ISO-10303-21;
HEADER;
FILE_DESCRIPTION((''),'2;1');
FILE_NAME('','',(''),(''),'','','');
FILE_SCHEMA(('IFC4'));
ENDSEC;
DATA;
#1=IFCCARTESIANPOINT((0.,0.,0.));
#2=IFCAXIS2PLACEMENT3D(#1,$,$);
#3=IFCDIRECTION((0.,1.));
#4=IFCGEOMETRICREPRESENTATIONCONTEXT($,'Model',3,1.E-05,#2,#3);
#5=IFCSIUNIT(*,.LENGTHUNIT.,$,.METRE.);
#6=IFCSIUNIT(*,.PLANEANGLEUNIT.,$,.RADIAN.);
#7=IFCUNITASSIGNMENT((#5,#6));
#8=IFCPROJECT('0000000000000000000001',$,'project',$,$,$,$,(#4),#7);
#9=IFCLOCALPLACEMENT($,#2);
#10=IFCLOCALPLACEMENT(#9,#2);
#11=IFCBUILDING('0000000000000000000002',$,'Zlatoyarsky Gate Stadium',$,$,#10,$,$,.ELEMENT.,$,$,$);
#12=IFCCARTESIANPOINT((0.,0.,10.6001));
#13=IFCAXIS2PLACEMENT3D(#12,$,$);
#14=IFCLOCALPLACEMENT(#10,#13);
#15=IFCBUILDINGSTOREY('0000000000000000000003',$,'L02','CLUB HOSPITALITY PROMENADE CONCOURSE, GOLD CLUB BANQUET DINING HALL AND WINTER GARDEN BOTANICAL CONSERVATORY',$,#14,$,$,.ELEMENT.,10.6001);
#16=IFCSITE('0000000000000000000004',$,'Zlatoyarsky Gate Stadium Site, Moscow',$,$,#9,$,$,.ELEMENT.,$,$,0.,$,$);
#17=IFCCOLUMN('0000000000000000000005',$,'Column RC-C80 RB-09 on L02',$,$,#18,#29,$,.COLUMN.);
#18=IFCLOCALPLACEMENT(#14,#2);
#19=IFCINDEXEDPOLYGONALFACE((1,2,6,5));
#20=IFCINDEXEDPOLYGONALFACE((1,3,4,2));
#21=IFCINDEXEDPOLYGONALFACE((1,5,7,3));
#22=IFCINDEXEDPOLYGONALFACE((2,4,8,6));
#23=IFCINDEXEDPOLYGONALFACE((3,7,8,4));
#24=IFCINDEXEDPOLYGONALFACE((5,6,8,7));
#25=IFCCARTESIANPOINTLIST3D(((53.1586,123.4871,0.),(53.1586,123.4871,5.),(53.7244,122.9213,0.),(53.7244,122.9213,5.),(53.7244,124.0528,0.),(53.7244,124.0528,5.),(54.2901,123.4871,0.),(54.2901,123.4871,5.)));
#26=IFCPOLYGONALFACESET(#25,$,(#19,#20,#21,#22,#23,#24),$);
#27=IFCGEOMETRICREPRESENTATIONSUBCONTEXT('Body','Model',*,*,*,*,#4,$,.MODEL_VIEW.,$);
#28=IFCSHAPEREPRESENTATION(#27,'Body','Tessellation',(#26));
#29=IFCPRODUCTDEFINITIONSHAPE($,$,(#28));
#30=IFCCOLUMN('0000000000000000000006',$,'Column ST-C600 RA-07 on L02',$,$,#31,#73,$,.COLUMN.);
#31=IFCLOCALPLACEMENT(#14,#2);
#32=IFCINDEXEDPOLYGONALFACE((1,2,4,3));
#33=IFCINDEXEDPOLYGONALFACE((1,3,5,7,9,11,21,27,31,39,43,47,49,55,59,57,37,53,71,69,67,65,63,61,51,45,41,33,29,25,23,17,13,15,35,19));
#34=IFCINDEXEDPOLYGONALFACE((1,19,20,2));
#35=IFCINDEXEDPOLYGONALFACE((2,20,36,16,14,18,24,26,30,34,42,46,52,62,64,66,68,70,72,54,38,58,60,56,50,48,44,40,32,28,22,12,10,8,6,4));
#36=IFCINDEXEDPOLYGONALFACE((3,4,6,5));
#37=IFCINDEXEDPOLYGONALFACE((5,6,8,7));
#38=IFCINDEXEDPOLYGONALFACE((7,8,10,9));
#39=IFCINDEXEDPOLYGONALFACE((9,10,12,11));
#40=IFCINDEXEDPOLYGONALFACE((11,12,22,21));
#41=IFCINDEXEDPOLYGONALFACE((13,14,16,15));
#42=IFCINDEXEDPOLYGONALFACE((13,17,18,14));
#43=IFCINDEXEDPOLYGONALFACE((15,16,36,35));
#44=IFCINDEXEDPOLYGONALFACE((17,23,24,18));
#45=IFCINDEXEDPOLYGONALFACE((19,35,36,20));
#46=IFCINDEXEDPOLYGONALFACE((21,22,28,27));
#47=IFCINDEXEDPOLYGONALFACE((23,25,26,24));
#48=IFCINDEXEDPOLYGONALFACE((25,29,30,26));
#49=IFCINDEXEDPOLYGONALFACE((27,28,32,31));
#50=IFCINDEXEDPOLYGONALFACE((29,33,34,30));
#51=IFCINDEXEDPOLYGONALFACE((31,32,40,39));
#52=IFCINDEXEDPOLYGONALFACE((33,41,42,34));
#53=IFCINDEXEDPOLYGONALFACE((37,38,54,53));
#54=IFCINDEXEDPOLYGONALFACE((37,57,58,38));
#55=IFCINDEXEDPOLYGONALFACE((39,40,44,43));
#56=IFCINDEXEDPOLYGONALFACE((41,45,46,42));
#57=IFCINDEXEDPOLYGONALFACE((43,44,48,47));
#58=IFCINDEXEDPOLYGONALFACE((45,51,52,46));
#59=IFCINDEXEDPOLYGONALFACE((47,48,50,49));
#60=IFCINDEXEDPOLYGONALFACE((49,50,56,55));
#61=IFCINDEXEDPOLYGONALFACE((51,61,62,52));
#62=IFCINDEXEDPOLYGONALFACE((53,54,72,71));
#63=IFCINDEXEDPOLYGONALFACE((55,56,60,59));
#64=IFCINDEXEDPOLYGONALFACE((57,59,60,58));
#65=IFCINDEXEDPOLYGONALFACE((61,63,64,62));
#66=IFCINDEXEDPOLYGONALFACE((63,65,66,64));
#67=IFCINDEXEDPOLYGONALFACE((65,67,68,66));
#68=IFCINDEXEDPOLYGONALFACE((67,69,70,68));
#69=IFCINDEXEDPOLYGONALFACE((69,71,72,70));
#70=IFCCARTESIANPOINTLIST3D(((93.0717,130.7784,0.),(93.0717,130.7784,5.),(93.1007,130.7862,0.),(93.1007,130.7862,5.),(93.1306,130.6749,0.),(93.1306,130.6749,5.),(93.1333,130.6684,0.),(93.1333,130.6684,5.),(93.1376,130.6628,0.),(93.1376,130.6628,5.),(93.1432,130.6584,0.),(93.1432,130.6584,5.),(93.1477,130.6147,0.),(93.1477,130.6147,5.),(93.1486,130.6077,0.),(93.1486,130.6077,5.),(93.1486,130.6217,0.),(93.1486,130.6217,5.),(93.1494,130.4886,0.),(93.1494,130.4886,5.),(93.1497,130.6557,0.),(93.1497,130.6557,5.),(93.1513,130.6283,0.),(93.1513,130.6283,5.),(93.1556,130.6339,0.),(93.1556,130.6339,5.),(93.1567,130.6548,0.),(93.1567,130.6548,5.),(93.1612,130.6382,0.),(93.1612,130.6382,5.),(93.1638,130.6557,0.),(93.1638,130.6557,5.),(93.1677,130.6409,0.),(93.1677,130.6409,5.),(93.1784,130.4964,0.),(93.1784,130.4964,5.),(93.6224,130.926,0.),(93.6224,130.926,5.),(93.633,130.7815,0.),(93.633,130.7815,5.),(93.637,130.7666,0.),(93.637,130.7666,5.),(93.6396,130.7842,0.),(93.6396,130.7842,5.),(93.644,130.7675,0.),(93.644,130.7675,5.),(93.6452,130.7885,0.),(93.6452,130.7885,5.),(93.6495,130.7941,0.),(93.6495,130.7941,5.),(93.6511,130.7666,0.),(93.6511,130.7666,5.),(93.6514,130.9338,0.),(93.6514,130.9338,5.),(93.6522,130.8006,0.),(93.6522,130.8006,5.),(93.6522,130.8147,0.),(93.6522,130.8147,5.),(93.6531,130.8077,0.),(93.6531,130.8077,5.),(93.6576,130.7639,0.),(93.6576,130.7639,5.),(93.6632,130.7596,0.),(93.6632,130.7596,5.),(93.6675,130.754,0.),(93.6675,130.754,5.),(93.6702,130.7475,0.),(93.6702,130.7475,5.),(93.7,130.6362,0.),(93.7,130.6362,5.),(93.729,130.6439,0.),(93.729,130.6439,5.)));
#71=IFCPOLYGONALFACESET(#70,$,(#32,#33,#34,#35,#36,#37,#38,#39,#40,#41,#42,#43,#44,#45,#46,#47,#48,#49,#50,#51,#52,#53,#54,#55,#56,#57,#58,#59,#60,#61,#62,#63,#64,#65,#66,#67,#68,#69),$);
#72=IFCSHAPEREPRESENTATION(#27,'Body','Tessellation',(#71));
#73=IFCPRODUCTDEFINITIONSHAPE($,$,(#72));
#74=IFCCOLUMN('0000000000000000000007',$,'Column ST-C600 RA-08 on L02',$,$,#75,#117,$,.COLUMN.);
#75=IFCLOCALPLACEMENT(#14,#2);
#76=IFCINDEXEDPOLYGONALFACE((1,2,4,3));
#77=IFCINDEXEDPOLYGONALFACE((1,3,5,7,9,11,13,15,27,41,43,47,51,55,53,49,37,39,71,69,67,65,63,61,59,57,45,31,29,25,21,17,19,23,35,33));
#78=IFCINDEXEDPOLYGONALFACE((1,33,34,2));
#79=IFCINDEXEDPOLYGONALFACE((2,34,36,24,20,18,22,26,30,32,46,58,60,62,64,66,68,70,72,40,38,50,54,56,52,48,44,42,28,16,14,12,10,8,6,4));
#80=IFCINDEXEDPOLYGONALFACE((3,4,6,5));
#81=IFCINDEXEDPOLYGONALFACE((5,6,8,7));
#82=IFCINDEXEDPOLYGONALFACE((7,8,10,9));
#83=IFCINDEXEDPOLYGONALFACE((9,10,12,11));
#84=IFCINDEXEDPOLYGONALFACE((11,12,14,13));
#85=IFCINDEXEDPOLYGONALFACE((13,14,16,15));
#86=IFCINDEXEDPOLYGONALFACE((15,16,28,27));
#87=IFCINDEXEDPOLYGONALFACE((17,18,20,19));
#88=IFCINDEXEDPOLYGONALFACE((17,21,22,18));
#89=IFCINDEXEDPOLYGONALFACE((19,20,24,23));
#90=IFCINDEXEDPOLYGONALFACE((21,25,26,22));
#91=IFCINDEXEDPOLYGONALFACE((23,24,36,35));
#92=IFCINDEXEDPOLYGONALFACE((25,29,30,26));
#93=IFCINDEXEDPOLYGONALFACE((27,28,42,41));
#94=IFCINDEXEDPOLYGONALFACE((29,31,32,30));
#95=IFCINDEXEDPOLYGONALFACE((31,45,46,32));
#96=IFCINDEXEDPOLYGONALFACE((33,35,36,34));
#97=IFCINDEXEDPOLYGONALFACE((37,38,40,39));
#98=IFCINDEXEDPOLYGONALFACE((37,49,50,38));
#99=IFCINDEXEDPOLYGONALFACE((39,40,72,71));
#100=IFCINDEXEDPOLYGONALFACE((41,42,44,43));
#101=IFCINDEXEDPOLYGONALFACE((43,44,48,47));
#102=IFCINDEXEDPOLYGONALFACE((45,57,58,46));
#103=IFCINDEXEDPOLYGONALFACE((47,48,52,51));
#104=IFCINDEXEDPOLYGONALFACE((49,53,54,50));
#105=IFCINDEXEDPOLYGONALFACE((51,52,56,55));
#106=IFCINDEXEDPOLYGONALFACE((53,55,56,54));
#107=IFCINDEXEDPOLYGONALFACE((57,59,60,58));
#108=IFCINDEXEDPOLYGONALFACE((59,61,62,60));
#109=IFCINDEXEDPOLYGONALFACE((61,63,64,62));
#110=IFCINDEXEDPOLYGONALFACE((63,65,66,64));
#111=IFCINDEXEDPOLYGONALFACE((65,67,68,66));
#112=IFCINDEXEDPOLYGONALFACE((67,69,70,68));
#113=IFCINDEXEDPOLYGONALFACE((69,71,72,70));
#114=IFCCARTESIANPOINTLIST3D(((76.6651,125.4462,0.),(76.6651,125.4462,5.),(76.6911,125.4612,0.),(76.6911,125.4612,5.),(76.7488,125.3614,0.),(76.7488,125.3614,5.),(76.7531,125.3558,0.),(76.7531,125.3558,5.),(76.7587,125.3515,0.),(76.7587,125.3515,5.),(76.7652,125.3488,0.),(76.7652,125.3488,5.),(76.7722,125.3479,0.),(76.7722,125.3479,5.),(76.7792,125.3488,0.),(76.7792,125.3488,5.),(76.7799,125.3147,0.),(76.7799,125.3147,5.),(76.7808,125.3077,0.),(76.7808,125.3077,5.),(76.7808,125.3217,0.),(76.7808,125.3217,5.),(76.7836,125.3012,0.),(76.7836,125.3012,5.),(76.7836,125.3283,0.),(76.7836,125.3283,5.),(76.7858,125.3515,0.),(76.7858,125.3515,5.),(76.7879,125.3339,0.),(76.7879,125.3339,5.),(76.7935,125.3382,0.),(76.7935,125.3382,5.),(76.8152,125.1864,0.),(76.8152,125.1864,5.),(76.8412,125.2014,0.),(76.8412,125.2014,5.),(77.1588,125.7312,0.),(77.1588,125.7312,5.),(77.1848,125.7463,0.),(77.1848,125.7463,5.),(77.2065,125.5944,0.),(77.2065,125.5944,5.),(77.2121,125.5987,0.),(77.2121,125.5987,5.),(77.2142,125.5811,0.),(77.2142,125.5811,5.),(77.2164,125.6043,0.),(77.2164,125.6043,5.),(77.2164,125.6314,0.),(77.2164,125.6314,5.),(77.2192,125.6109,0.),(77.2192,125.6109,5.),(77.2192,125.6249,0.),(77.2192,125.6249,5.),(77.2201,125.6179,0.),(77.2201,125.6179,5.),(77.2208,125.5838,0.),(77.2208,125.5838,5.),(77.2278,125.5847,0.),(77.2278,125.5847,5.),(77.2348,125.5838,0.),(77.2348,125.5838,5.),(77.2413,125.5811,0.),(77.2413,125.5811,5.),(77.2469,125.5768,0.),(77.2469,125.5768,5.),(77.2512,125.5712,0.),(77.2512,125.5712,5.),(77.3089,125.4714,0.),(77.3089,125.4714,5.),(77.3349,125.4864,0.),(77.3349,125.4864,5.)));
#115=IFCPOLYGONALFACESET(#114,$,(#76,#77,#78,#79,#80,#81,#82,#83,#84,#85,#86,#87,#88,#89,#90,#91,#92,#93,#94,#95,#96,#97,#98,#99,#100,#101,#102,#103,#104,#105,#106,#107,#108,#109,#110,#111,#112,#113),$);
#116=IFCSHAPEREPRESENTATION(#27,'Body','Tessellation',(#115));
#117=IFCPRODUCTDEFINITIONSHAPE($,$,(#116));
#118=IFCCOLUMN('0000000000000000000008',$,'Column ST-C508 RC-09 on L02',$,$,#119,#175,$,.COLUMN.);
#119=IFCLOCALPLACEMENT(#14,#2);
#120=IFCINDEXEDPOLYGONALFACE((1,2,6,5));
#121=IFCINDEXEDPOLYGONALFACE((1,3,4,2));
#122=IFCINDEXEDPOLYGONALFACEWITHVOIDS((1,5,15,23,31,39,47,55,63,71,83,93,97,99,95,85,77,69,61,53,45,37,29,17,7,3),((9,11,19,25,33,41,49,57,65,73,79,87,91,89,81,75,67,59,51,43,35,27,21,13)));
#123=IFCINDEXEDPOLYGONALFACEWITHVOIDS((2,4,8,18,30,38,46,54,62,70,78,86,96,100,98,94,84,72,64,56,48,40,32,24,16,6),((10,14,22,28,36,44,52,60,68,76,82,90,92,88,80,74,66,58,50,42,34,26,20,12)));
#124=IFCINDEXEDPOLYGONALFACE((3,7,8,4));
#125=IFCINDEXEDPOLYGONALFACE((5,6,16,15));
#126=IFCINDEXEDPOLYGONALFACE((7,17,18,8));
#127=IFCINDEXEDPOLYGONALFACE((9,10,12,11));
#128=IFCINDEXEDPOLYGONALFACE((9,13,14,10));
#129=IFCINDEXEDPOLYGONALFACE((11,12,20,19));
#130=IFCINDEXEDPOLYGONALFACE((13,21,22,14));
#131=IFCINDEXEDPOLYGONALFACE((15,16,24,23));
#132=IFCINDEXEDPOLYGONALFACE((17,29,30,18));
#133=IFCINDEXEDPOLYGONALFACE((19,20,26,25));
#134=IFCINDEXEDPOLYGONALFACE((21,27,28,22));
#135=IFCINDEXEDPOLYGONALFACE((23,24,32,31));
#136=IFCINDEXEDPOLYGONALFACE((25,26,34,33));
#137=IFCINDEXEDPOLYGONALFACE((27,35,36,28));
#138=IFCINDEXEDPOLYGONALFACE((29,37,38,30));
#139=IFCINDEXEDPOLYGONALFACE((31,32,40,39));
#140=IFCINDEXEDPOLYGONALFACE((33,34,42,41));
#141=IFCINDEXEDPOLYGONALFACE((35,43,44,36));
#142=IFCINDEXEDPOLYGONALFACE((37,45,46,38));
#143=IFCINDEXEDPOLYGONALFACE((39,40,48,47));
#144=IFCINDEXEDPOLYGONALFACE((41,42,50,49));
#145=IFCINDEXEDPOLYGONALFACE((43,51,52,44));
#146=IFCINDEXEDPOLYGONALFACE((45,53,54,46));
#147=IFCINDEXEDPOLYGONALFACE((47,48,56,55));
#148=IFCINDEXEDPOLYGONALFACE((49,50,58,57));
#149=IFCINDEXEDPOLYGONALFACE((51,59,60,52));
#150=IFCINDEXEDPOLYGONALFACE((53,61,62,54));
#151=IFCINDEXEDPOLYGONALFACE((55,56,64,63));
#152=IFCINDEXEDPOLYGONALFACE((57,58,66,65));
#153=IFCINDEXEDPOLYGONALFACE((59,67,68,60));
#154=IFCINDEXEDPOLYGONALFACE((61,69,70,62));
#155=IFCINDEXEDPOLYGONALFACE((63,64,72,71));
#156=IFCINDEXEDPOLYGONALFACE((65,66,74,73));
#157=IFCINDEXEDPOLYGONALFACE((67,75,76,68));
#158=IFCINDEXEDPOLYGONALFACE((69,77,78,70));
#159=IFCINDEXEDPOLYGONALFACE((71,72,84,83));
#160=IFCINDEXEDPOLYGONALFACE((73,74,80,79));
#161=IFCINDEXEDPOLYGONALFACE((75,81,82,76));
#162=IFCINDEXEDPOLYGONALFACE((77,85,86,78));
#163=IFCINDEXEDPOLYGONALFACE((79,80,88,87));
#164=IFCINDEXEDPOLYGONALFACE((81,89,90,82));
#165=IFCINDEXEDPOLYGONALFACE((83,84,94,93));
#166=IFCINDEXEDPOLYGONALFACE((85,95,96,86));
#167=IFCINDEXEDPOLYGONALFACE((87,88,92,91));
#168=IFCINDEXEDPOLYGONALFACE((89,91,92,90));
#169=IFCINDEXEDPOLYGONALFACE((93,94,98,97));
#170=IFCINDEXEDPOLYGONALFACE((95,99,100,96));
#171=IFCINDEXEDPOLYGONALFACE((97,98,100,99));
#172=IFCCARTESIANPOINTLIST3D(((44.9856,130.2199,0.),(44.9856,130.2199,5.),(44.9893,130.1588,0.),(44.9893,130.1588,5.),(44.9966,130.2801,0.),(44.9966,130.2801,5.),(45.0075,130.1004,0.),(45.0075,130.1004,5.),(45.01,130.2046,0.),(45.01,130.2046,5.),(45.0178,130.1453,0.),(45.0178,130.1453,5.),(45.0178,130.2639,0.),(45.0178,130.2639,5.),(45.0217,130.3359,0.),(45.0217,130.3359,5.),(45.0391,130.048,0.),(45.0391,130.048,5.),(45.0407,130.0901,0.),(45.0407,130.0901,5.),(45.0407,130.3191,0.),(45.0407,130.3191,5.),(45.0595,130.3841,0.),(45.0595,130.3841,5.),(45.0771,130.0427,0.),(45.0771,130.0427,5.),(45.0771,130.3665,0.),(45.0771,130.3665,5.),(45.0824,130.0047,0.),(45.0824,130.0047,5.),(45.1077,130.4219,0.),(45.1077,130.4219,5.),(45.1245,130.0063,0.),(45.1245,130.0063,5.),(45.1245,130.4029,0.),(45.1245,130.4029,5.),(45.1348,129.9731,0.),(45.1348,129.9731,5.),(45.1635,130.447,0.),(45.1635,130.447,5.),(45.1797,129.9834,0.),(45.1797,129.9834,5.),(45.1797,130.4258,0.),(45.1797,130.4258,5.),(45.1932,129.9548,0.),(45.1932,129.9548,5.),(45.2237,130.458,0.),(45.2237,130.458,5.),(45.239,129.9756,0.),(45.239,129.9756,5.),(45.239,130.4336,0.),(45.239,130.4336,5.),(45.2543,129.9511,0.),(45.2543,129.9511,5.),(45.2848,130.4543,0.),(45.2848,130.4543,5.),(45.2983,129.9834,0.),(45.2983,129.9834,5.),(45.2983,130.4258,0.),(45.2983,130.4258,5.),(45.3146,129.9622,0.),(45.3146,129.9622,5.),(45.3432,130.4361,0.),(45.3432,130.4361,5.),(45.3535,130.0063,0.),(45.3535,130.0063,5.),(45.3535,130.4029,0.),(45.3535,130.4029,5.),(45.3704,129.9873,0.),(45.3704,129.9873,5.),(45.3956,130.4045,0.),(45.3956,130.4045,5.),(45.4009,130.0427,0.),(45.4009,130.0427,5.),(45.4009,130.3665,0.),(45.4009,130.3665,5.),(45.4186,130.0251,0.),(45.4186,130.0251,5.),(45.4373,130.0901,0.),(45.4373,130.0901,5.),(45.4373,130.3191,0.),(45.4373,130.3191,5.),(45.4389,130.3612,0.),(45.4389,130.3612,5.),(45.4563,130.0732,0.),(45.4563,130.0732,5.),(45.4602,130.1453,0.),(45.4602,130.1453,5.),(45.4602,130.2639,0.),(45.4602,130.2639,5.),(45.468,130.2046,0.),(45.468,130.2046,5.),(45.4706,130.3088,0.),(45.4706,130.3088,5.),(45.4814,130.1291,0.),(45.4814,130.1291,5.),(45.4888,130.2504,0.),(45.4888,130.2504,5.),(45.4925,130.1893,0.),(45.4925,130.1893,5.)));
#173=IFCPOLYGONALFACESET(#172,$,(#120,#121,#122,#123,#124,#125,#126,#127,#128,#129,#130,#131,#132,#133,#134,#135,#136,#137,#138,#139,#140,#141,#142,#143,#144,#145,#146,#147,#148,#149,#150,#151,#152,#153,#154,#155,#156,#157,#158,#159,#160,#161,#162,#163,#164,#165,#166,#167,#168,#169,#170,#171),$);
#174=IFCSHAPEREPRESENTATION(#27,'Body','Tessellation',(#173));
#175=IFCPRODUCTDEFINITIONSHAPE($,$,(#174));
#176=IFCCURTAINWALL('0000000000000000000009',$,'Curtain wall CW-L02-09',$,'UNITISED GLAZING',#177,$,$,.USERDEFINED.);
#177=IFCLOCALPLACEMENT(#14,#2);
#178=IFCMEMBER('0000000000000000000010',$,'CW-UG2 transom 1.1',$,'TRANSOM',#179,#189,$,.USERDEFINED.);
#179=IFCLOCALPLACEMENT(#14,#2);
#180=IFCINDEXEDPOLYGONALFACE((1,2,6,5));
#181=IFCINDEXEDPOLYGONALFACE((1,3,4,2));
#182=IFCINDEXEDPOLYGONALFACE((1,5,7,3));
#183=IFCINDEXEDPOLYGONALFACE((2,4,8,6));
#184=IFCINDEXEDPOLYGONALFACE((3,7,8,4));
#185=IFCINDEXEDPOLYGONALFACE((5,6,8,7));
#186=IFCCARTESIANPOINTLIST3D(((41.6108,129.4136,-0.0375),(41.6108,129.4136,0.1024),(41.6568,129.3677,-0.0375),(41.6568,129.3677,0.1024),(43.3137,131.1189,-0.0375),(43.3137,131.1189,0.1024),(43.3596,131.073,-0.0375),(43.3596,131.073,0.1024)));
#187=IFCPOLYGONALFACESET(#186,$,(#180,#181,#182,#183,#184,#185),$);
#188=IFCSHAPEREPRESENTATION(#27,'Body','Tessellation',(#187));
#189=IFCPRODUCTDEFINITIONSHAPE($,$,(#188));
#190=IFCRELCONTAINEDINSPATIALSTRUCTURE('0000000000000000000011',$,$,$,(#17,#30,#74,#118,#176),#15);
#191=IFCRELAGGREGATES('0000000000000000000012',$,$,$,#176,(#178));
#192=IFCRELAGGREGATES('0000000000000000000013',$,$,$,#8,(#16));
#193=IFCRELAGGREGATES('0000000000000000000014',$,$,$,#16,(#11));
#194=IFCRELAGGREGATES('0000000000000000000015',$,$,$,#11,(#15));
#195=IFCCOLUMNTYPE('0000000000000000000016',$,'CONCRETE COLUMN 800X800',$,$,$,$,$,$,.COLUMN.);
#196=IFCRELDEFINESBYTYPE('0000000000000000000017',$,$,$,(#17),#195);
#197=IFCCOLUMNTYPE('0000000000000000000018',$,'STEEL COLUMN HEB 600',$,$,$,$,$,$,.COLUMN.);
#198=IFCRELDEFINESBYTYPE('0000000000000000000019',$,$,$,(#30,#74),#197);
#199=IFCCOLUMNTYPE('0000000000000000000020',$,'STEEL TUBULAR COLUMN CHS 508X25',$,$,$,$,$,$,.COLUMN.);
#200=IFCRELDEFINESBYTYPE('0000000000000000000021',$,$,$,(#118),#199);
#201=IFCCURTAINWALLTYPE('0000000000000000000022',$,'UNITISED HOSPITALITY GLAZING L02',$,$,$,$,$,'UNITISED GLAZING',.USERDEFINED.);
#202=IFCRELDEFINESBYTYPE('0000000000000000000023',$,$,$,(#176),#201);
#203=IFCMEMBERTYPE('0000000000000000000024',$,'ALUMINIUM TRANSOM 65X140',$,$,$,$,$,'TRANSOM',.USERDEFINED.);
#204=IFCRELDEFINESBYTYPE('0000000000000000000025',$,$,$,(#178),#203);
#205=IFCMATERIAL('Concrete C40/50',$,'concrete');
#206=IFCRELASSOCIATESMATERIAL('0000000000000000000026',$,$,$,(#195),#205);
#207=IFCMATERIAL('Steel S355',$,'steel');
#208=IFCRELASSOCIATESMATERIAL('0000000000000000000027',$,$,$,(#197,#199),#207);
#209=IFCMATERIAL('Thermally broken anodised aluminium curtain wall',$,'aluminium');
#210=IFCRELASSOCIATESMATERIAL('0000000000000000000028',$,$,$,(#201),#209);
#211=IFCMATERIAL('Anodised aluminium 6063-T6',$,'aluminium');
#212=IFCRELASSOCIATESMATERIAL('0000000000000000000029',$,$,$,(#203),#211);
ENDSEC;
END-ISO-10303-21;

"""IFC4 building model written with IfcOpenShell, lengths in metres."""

from ifc_helpers import new_model, si_unit, direction, frame, origin, origin_2d, place, context, subcontext, project, spatial, rectangle, hollow_circle, i_section, extrude, material, material_profile, profile_set, type_object, element, aggregate, save


model = new_model("IFC4")

# Units and contexts
model_context = context("Model", 3, precision=1e-05, world=origin(), true_north=direction((0.0, 1.0)))
body_context = subcontext(model_context, "Body", "Model", "MODEL_VIEW")
ifc_project = project(units=[si_unit("LENGTHUNIT", "METRE"), si_unit("PLANEANGLEUNIT", "RADIAN")], contexts=[model_context])

# Site, building, storey
site_placement = place(None, origin())
site = spatial("IfcSite", under=ifc_project, at=site_placement, Name="Zlatoyarsky Gate Stadium Site, Moscow", CompositionType="ELEMENT", RefElevation=0.0)
building_placement = place(site_placement, origin())
building = spatial("IfcBuilding", under=site, at=building_placement, Name="Zlatoyarsky Gate Stadium", CompositionType="ELEMENT")
storey_placement = place(building_placement, frame((0.0, 0.0, 10.6001)))
storey = spatial("IfcBuildingStorey", under=building, at=storey_placement, Name="L02", Description="CLUB HOSPITALITY PROMENADE CONCOURSE, GOLD CLUB BANQUET DINING HALL AND WINTER GARDEN BOTANICAL CONSERVATORY", CompositionType="ELEMENT", Elevation=10.6001)

# Columns
ifc_material_1 = material(Name="Concrete C40/50", Category="concrete")
ifc_material_profile_1 = material_profile(ifc_material_1, rectangle(XDim=0.8, YDim=0.8, at=origin_2d()), Name="RC COL 800X800")
ifc_profile_set_1 = profile_set([ifc_material_profile_1], Name="Concrete C40/50")
column_type_1 = type_object("IfcColumnType", Name="CONCRETE COLUMN 800X800", PredefinedType="COLUMN", material=ifc_profile_set_1)
column_1_placement = place(storey_placement, frame((53.7244, 123.4871, 0.0), z_axis=(0.0, 0.0, 1.0), x_axis=(-0.707107, 0.707107, 0.0)))
element("IfcColumn", 1, at=column_1_placement, inside=storey, type_object=column_type_1, Name="Column RC-C80 RB-09 on L02", PredefinedType="COLUMN", context=body_context, shape_type="SweptSolid", body=[
    extrude(rectangle(XDim=0.8, YDim=0.8, at=origin_2d()), origin(), (0.0, 0.0, 1.0), 5.0),
])
ifc_material_2 = material(Name="Steel S355", Category="steel")
ifc_material_profile_2 = material_profile(ifc_material_2, i_section(OverallWidth=0.3, OverallDepth=0.6001, WebThickness=0.0154, FlangeThickness=0.03, FilletRadius=0.0271, at=origin_2d()), Name="HEB 600")
ifc_profile_set_2 = profile_set([ifc_material_profile_2], Name="Steel S355")
column_type_2 = type_object("IfcColumnType", Name="STEEL COLUMN HEB 600", PredefinedType="COLUMN", material=ifc_profile_set_2)
for number, where, z_axis, x_axis, name in (
    (2, (93.4004, 130.7112, 0.0), (0.0, 0.0, 1.0), (-0.258819, 0.965926, 0.0), "Column ST-C600 RA-07 on L02"),
    (3, (77.0, 125.4663, 0.0), (0.0, 0.0, 1.0), (-0.5, 0.866025, 0.0), "Column ST-C600 RA-08 on L02"),
):
    element("IfcColumn", number, at=place(storey_placement, frame(where, z_axis=z_axis, x_axis=x_axis)), inside=storey, type_object=column_type_2, Name=name, PredefinedType="COLUMN", context=body_context, shape_type="SweptSolid", body=[
        extrude(i_section(OverallWidth=0.3, OverallDepth=0.6001, WebThickness=0.0154, FlangeThickness=0.03, FilletRadius=0.0271, at=origin_2d()), origin(), (0.0, 0.0, 1.0), 5.0),
    ])
ifc_material_profile_3 = material_profile(ifc_material_2, hollow_circle(Radius=0.2539, WallThickness=0.0249, at=origin_2d()), Name="CHS 508X25")
ifc_profile_set_3 = profile_set([ifc_material_profile_3], Name="Steel S355")
column_type_3 = type_object("IfcColumnType", Name="STEEL TUBULAR COLUMN CHS 508X25", PredefinedType="COLUMN", material=ifc_profile_set_3)
column_2_placement = place(storey_placement, frame((45.239, 130.2046, 0.0), z_axis=(0.0, 0.0, 1.0), x_axis=(-0.707107, 0.707107, 0.0)))
element("IfcColumn", 4, at=column_2_placement, inside=storey, type_object=column_type_3, Name="Column ST-C508 RC-09 on L02", PredefinedType="COLUMN", context=body_context, shape_type="SweptSolid", body=[
    extrude(hollow_circle(Radius=0.2539, WallThickness=0.0249, at=origin_2d()), origin(), (0.0, 0.0, 1.0), 5.0),
])

# Curtain wall, member
ifc_material_3 = material(Name="Thermally broken anodised aluminium curtain wall", Category="aluminium")
curtain_wall_type = type_object("IfcCurtainWallType", Name="UNITISED HOSPITALITY GLAZING L02", ElementType="UNITISED GLAZING", PredefinedType="USERDEFINED", material=ifc_material_3)
curtain_wall_placement = place(storey_placement, origin())
curtain_wall = element("IfcCurtainWall", 5, at=curtain_wall_placement, inside=storey, type_object=curtain_wall_type, Name="Curtain wall CW-L02-09", ObjectType="UNITISED GLAZING", PredefinedType="USERDEFINED")
ifc_material_4 = material(Name="Anodised aluminium 6063-T6", Category="aluminium")
ifc_material_profile_4 = material_profile(ifc_material_4, rectangle(XDim=0.0649, YDim=0.1399, at=origin_2d()), Name="ALU 65X140")
ifc_profile_set_4 = profile_set([ifc_material_profile_4], Name="Anodised aluminium 6063-T6")
member_type = type_object("IfcMemberType", Name="ALUMINIUM TRANSOM 65X140", ElementType="TRANSOM", PredefinedType="USERDEFINED", material=ifc_profile_set_4)
member_1_placement = place(storey_placement, frame((43.3367, 131.0959, 0.0325), z_axis=(-0.7066, -0.707613, 0.0), x_axis=(0.707613, -0.7066, 0.0)))
member_1 = element("IfcMember", 6, at=member_1_placement, type_object=member_type, Name="CW-UG2 transom 1.1", ObjectType="TRANSOM", PredefinedType="USERDEFINED", context=body_context, shape_type="SweptSolid", body=[
    extrude(rectangle(XDim=0.0649, YDim=0.1399, at=origin_2d()), origin(), (0.0, 0.0, 1.0), 2.4099),
])
aggregate(curtain_wall, [member_1])

save(model, "model.ifc")
